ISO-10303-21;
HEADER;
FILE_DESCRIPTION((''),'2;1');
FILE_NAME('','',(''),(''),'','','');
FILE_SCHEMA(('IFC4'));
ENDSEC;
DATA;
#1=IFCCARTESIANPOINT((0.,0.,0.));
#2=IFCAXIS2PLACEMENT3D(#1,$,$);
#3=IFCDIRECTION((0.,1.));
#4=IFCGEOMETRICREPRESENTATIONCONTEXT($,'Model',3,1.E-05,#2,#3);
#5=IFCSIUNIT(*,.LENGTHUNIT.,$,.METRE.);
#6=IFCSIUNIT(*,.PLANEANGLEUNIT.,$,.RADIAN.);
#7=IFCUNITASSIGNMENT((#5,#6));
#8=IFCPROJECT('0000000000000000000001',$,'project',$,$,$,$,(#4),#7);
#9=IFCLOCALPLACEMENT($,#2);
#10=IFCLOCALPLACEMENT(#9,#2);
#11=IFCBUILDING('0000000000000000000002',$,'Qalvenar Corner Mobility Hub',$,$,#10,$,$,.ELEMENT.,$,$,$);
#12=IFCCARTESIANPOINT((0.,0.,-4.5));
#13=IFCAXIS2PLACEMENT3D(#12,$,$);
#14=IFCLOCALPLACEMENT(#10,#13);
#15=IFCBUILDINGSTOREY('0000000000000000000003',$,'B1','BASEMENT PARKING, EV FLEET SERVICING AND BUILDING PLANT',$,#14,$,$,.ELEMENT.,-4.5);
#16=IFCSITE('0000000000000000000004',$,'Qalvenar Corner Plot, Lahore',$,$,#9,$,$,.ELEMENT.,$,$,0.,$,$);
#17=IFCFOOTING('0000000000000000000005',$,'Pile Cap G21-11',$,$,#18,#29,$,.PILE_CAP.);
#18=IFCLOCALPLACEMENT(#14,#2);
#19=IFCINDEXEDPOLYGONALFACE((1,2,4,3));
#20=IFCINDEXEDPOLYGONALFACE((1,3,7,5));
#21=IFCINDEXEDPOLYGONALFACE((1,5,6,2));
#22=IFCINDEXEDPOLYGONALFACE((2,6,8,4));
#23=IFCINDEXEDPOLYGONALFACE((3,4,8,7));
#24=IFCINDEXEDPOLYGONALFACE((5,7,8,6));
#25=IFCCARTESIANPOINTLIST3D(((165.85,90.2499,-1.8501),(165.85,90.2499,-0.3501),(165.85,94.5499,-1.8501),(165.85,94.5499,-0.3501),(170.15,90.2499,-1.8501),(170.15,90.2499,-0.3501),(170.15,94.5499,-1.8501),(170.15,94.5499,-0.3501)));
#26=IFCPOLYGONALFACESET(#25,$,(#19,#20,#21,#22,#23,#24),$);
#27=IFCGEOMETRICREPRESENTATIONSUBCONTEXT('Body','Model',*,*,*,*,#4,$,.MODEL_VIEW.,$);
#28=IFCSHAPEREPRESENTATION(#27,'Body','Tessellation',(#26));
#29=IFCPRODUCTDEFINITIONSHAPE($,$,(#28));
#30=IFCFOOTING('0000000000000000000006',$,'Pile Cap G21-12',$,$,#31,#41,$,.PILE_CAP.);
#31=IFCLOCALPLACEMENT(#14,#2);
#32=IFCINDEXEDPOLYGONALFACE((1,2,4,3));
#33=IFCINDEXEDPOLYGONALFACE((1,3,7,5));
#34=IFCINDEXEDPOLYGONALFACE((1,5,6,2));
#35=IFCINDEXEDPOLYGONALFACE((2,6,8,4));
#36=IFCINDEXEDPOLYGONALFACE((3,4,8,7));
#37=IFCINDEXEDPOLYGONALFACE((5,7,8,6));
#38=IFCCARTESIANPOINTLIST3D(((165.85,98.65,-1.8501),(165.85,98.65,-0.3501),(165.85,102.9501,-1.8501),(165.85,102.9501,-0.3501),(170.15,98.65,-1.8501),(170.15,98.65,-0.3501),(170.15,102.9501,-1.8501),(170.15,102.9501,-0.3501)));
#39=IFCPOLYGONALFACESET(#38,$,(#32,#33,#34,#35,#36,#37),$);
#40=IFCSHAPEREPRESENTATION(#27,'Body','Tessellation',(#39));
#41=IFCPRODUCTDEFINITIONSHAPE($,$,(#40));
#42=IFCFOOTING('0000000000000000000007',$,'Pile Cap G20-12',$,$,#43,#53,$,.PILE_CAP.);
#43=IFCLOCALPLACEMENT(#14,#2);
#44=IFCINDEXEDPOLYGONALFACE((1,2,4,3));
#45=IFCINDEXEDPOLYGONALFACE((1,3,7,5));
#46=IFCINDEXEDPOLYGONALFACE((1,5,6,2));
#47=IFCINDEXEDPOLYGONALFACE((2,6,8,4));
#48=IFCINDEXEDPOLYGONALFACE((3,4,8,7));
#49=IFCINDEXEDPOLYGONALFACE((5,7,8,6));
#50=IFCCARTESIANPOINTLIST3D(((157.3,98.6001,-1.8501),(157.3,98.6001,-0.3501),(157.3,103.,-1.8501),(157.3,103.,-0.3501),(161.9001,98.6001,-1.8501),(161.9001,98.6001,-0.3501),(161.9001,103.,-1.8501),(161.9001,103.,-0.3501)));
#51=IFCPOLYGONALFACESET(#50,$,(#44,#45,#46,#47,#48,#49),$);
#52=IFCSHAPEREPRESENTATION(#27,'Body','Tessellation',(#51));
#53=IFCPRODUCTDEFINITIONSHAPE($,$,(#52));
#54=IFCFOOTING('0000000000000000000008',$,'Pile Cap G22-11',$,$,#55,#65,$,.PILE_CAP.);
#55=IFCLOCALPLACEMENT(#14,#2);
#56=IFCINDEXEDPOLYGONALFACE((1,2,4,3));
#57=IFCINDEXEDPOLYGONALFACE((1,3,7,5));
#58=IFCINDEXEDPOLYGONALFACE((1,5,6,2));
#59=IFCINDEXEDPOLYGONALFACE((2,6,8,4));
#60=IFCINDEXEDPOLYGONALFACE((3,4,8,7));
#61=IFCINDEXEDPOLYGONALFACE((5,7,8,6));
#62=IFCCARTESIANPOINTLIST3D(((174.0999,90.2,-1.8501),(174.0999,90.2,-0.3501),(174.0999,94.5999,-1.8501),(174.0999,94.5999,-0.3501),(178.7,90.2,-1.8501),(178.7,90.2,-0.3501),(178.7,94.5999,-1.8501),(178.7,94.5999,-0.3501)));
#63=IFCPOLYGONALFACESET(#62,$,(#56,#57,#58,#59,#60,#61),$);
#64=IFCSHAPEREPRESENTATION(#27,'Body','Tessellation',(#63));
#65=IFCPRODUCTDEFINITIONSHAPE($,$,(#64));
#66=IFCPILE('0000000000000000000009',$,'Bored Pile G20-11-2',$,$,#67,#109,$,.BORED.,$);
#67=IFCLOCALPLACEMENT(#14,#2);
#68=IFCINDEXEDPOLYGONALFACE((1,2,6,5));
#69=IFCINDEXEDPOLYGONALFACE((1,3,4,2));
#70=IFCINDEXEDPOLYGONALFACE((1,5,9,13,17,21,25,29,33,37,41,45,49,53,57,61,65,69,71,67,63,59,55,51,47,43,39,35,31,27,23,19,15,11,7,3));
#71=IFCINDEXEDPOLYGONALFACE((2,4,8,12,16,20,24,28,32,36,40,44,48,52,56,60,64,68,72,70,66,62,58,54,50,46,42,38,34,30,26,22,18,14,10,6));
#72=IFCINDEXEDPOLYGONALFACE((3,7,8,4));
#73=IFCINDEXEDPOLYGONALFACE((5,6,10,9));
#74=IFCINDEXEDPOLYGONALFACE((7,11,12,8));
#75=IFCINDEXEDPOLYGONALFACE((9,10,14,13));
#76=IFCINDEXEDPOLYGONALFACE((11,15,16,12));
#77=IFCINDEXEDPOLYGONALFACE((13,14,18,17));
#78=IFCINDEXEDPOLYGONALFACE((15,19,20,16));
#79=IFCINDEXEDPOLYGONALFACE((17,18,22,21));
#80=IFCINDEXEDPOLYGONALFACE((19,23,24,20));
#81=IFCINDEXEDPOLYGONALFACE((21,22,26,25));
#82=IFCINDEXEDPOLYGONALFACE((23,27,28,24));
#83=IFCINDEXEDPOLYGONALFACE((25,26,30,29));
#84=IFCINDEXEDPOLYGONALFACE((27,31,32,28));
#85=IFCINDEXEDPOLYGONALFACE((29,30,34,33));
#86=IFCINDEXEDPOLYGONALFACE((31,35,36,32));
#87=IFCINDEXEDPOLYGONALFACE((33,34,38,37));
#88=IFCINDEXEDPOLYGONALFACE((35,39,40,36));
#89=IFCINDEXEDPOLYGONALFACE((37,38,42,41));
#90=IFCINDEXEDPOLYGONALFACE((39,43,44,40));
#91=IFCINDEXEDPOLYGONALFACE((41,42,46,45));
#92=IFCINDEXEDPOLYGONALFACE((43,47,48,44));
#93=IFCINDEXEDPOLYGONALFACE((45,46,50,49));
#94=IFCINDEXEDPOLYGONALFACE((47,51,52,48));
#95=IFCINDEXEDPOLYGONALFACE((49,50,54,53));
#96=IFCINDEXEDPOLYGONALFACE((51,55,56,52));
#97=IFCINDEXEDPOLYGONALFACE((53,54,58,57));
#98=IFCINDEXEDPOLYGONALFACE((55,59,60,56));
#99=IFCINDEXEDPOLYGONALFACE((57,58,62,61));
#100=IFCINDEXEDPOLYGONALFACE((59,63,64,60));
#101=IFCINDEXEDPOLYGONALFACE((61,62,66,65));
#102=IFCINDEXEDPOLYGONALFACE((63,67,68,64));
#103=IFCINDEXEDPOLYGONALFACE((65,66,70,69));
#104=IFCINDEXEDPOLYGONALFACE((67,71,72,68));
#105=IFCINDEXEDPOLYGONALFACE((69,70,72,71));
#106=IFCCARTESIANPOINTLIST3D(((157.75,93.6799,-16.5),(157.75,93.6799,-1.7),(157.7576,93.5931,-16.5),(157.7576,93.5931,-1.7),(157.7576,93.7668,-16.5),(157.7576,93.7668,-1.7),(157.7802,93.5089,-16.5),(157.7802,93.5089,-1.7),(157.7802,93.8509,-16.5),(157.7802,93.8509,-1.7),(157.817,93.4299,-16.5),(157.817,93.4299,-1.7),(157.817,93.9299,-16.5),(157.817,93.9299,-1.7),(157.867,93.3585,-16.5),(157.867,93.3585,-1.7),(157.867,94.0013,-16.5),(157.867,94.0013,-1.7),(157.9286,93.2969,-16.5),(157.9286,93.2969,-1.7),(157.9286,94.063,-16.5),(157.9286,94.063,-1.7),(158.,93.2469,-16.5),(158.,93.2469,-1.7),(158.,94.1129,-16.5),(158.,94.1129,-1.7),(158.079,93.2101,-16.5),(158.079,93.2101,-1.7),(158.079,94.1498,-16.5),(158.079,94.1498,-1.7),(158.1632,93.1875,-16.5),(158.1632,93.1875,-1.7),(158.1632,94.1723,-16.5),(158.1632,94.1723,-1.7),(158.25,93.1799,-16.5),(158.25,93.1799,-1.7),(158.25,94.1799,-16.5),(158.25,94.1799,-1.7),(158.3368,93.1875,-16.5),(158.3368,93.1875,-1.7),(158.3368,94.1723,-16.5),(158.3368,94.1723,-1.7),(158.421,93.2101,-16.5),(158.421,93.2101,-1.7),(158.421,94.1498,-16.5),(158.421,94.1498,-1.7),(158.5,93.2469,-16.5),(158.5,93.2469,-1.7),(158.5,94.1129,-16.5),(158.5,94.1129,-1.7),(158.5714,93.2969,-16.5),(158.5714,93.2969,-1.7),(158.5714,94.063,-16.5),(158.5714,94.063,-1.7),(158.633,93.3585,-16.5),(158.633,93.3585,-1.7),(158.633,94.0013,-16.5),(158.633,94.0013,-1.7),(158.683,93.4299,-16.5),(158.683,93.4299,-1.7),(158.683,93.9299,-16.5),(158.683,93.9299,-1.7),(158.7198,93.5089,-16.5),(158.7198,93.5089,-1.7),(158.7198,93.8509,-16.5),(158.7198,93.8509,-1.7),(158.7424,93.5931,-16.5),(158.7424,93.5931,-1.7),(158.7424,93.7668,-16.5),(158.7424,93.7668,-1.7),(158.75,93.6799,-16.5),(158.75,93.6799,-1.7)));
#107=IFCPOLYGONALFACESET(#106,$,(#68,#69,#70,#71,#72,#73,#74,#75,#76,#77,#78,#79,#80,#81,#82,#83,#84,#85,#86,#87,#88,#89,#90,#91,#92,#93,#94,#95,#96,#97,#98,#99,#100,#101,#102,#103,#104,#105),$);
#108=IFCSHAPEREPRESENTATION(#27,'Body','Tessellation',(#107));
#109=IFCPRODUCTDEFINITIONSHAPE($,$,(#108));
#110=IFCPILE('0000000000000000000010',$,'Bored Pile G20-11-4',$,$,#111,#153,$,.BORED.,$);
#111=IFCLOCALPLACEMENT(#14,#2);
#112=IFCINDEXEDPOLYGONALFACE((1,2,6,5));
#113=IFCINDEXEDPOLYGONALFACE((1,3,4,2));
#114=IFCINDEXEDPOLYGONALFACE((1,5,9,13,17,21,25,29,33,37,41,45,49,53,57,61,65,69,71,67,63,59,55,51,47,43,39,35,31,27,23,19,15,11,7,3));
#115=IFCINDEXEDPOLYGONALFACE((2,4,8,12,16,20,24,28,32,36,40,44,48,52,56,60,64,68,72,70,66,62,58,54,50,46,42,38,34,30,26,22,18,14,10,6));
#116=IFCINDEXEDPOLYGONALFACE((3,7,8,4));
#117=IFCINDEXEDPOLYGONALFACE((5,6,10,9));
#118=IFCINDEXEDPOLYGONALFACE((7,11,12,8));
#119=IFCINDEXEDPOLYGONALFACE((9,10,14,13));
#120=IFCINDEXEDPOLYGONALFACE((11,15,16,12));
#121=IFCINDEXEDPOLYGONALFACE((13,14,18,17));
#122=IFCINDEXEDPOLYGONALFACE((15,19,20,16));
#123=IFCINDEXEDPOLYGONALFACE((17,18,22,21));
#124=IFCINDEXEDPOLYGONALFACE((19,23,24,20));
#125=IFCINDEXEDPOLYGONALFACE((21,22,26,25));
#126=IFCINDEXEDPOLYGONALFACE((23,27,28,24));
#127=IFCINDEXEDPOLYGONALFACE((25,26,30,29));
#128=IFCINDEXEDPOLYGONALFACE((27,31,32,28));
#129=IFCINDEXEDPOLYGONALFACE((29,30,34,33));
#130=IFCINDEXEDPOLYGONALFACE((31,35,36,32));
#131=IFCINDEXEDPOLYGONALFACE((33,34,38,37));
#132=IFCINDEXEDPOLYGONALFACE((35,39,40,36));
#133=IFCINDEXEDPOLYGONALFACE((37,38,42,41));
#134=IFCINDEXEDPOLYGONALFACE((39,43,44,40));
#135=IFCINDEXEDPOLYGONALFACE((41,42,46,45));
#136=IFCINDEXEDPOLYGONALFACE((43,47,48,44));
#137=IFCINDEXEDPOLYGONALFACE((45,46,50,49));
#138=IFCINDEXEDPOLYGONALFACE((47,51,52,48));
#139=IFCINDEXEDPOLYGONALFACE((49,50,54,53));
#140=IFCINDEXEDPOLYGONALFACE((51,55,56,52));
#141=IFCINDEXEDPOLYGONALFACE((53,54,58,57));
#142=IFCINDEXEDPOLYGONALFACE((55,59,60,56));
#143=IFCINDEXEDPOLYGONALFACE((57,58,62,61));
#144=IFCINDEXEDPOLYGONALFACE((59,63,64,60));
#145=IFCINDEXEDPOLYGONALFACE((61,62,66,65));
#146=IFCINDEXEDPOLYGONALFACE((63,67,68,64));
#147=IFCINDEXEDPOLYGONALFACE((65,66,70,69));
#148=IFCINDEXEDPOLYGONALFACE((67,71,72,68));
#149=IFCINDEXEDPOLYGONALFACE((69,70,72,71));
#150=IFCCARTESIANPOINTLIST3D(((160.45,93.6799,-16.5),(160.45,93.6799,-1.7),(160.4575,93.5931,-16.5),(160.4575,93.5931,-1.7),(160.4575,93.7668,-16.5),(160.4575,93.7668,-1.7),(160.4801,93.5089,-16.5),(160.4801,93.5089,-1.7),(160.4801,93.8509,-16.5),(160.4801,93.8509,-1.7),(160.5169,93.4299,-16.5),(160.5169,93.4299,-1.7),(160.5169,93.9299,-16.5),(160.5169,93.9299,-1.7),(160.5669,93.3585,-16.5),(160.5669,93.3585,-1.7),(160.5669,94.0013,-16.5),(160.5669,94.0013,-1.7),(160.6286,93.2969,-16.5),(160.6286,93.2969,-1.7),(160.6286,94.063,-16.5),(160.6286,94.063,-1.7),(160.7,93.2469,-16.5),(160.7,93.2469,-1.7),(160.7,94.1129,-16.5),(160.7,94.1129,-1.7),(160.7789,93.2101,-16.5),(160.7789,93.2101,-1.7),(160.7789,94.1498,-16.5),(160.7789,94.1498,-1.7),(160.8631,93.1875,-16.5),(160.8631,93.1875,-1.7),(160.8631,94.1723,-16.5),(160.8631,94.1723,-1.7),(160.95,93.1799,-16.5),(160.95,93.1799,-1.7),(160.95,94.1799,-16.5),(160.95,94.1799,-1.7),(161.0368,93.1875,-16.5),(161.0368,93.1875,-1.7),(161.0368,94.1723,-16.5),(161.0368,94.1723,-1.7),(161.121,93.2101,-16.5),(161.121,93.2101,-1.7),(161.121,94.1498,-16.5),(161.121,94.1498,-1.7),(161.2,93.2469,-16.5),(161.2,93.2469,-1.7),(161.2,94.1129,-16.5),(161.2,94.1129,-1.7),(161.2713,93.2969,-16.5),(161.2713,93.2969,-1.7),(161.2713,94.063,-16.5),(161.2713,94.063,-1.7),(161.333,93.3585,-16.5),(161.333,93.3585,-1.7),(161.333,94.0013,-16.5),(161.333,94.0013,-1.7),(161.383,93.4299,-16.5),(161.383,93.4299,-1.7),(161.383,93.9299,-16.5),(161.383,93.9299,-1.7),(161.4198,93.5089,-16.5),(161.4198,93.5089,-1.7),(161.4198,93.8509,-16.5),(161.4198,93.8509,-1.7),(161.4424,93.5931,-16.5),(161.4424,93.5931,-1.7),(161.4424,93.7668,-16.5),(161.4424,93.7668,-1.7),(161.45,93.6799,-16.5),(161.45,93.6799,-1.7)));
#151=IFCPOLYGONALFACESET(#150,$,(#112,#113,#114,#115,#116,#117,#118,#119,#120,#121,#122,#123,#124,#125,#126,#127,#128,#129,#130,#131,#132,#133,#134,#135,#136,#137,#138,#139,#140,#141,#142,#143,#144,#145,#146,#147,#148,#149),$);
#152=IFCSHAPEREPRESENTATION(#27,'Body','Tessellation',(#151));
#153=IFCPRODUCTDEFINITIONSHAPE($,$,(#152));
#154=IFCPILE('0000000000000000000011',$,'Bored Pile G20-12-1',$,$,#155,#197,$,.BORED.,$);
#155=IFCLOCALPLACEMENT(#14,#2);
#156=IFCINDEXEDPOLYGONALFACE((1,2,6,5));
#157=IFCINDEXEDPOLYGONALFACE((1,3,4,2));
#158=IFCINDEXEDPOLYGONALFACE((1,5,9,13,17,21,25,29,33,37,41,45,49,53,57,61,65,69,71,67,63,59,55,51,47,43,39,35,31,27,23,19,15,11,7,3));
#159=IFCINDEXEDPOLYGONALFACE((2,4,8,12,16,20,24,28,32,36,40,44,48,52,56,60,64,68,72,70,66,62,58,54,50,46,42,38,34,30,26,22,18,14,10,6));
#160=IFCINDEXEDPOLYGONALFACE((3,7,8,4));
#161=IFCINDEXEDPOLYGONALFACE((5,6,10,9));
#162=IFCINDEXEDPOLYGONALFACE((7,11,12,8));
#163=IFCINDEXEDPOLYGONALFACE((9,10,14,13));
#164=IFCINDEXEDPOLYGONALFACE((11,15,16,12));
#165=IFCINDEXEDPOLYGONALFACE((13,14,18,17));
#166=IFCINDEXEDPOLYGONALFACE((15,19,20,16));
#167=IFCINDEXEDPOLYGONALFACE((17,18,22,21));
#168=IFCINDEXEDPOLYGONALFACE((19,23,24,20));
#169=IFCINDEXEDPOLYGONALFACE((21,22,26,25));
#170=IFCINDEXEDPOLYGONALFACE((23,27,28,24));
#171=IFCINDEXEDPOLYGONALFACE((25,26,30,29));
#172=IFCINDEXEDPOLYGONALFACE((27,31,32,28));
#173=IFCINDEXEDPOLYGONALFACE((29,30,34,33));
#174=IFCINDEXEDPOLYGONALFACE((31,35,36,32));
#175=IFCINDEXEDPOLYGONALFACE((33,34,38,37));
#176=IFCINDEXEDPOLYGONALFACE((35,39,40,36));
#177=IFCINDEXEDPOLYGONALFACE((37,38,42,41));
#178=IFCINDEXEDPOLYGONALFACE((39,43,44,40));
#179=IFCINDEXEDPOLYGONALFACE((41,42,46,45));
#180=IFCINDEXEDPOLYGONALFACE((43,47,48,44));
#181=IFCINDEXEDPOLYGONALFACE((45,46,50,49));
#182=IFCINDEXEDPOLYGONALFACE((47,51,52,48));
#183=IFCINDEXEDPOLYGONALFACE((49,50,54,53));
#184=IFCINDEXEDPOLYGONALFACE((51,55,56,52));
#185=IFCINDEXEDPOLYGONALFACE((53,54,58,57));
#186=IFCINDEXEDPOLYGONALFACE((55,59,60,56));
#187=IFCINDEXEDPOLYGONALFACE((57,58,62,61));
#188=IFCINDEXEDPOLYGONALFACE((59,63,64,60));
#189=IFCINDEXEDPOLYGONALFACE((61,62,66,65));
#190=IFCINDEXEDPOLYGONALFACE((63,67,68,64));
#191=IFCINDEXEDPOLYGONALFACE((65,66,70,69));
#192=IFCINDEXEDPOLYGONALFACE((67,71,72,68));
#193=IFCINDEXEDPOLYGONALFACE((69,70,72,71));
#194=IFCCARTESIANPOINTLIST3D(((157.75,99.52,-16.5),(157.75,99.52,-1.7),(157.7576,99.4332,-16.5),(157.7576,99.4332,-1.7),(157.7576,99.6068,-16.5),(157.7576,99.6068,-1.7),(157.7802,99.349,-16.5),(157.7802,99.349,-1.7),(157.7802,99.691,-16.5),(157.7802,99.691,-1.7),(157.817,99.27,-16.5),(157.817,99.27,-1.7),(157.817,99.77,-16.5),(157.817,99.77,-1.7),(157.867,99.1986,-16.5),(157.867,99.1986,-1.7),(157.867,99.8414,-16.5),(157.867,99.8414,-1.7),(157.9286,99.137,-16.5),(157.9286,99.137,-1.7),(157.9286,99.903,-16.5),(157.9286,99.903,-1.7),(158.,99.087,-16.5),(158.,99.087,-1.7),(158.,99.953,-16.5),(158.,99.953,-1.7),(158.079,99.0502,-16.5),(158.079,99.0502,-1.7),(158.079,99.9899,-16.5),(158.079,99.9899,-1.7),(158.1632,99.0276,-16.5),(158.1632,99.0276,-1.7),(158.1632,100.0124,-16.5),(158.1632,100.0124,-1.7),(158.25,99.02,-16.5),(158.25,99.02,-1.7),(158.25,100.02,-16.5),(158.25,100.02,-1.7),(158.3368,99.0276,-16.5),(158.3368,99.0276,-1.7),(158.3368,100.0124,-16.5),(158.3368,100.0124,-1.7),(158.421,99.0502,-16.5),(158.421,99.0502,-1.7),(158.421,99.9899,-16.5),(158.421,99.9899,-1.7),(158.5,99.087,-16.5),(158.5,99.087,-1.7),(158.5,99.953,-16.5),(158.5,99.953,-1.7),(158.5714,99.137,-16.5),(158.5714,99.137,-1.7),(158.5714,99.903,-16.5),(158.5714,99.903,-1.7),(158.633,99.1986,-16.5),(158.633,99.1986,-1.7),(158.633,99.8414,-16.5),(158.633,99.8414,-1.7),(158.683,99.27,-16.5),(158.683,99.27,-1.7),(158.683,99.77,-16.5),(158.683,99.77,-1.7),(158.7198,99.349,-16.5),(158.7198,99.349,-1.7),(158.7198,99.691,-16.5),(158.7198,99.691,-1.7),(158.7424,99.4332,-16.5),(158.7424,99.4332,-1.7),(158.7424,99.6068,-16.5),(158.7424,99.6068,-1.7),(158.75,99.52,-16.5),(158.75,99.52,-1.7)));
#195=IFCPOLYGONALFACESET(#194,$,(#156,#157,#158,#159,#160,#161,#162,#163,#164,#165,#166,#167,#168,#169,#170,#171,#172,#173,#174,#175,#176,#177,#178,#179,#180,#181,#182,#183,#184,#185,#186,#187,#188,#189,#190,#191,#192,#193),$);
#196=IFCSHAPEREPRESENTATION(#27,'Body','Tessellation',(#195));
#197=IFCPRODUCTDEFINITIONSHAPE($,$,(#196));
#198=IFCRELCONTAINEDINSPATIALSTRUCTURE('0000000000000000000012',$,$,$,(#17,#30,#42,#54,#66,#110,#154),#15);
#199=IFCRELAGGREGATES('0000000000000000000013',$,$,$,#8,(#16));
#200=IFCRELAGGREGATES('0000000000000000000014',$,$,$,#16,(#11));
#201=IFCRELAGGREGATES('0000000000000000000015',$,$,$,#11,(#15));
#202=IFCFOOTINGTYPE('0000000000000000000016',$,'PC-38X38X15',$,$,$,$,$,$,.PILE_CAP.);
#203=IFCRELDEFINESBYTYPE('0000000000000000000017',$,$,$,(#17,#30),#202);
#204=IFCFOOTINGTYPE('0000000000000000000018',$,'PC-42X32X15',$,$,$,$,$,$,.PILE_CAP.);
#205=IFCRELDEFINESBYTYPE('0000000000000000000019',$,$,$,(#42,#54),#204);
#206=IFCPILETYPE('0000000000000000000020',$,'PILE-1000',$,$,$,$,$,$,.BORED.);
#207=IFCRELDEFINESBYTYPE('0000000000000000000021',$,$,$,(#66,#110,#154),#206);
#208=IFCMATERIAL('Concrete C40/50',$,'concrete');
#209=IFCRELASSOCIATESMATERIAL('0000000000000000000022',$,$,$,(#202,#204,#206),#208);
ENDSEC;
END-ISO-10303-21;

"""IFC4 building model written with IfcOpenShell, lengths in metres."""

from ifc_helpers import new_model, si_unit, direction, frame, origin, origin_2d, place, context, subcontext, project, spatial, rectangle, circle, extrude, material, material_profile, profile_set, type_object, element, save


model = new_model("IFC4")

# Units and contexts
model_context = context("Model", 3, precision=1e-05, world=origin(), true_north=direction((0.0, 1.0)))
body_context = subcontext(model_context, "Body", "Model", "MODEL_VIEW")
ifc_project = project(units=[si_unit("LENGTHUNIT", "METRE"), si_unit("PLANEANGLEUNIT", "RADIAN")], contexts=[model_context])

# Site, building, storey
site_placement = place(None, origin())
site = spatial("IfcSite", under=ifc_project, at=site_placement, Name="Qalvenar Corner Plot, Lahore", CompositionType="ELEMENT", RefElevation=0.0)
building_placement = place(site_placement, origin())
building = spatial("IfcBuilding", under=site, at=building_placement, Name="Qalvenar Corner Mobility Hub", CompositionType="ELEMENT")
storey_placement = place(building_placement, frame((0.0, 0.0, -4.5)))
storey = spatial("IfcBuildingStorey", under=building, at=storey_placement, Name="B1", Description="BASEMENT PARKING, EV FLEET SERVICING AND BUILDING PLANT", CompositionType="ELEMENT", Elevation=-4.5)

# Footings
ifc_material_1 = material(Name="Concrete C40/50", Category="concrete")
footing_type_1 = type_object("IfcFootingType", Name="PC-38X38X15", PredefinedType="PILE_CAP", material=ifc_material_1)
for number, where, z_axis, x_axis, name in (
    (1, (168.0, 92.3999, -1.8501), (0.0, 0.0, 1.0), (1.0, 0.0, 0.0), "Pile Cap G21-11"),
    (2, (168.0, 100.8, -1.8501), (0.0, 0.0, 1.0), (1.0, 0.0, 0.0), "Pile Cap G21-12"),
):
    element("IfcFooting", number, at=place(storey_placement, frame(where, z_axis=z_axis, x_axis=x_axis)), inside=storey, type_object=footing_type_1, Name=name, PredefinedType="PILE_CAP", context=body_context, shape_type="SweptSolid", body=[
        extrude(rectangle(XDim=4.3, YDim=4.3, at=origin_2d()), origin(), (0.0, 0.0, 1.0), 1.5),
    ])
footing_type_2 = type_object("IfcFootingType", Name="PC-42X32X15", PredefinedType="PILE_CAP", material=ifc_material_1)
for number, where, z_axis, x_axis, name in (
    (3, (159.6001, 100.8, -1.8501), (0.0, 0.0, 1.0), (1.0, 0.0, 0.0), "Pile Cap G20-12"),
    (4, (176.3999, 92.3999, -1.8501), (0.0, 0.0, 1.0), (1.0, 0.0, 0.0), "Pile Cap G22-11"),
):
    element("IfcFooting", number, at=place(storey_placement, frame(where, z_axis=z_axis, x_axis=x_axis)), inside=storey, type_object=footing_type_2, Name=name, PredefinedType="PILE_CAP", context=body_context, shape_type="SweptSolid", body=[
        extrude(rectangle(XDim=4.6001, YDim=4.3999, at=origin_2d()), origin(), (0.0, 0.0, 1.0), 1.5),
    ])

# Piles
ifc_material_profile_1 = material_profile(ifc_material_1, circle(Radius=0.5, at=origin_2d()), Name="DIA1000")
ifc_profile_set_1 = profile_set([ifc_material_profile_1], Name="Concrete C40/50")
pile_type = type_object("IfcPileType", Name="PILE-1000", PredefinedType="BORED", material=ifc_profile_set_1)
for number, where, z_axis, x_axis, name in (
    (5, (158.25, 93.6799, -1.7), (0.0, 0.0, -1.0), (1.0, 0.0, 0.0), "Bored Pile G20-11-2"),
    (6, (160.95, 93.6799, -1.7), (0.0, 0.0, -1.0), (1.0, 0.0, 0.0), "Bored Pile G20-11-4"),
    (7, (158.25, 99.52, -1.7), (0.0, 0.0, -1.0), (1.0, 0.0, 0.0), "Bored Pile G20-12-1"),
):
    element("IfcPile", number, at=place(storey_placement, frame(where, z_axis=z_axis, x_axis=x_axis)), inside=storey, type_object=pile_type, Name=name, PredefinedType="BORED", context=body_context, shape_type="SweptSolid", body=[
        extrude(circle(Radius=0.5, at=origin_2d()), origin(), (0.0, 0.0, 1.0), 14.8),
    ])

save(model, "model.ifc")
